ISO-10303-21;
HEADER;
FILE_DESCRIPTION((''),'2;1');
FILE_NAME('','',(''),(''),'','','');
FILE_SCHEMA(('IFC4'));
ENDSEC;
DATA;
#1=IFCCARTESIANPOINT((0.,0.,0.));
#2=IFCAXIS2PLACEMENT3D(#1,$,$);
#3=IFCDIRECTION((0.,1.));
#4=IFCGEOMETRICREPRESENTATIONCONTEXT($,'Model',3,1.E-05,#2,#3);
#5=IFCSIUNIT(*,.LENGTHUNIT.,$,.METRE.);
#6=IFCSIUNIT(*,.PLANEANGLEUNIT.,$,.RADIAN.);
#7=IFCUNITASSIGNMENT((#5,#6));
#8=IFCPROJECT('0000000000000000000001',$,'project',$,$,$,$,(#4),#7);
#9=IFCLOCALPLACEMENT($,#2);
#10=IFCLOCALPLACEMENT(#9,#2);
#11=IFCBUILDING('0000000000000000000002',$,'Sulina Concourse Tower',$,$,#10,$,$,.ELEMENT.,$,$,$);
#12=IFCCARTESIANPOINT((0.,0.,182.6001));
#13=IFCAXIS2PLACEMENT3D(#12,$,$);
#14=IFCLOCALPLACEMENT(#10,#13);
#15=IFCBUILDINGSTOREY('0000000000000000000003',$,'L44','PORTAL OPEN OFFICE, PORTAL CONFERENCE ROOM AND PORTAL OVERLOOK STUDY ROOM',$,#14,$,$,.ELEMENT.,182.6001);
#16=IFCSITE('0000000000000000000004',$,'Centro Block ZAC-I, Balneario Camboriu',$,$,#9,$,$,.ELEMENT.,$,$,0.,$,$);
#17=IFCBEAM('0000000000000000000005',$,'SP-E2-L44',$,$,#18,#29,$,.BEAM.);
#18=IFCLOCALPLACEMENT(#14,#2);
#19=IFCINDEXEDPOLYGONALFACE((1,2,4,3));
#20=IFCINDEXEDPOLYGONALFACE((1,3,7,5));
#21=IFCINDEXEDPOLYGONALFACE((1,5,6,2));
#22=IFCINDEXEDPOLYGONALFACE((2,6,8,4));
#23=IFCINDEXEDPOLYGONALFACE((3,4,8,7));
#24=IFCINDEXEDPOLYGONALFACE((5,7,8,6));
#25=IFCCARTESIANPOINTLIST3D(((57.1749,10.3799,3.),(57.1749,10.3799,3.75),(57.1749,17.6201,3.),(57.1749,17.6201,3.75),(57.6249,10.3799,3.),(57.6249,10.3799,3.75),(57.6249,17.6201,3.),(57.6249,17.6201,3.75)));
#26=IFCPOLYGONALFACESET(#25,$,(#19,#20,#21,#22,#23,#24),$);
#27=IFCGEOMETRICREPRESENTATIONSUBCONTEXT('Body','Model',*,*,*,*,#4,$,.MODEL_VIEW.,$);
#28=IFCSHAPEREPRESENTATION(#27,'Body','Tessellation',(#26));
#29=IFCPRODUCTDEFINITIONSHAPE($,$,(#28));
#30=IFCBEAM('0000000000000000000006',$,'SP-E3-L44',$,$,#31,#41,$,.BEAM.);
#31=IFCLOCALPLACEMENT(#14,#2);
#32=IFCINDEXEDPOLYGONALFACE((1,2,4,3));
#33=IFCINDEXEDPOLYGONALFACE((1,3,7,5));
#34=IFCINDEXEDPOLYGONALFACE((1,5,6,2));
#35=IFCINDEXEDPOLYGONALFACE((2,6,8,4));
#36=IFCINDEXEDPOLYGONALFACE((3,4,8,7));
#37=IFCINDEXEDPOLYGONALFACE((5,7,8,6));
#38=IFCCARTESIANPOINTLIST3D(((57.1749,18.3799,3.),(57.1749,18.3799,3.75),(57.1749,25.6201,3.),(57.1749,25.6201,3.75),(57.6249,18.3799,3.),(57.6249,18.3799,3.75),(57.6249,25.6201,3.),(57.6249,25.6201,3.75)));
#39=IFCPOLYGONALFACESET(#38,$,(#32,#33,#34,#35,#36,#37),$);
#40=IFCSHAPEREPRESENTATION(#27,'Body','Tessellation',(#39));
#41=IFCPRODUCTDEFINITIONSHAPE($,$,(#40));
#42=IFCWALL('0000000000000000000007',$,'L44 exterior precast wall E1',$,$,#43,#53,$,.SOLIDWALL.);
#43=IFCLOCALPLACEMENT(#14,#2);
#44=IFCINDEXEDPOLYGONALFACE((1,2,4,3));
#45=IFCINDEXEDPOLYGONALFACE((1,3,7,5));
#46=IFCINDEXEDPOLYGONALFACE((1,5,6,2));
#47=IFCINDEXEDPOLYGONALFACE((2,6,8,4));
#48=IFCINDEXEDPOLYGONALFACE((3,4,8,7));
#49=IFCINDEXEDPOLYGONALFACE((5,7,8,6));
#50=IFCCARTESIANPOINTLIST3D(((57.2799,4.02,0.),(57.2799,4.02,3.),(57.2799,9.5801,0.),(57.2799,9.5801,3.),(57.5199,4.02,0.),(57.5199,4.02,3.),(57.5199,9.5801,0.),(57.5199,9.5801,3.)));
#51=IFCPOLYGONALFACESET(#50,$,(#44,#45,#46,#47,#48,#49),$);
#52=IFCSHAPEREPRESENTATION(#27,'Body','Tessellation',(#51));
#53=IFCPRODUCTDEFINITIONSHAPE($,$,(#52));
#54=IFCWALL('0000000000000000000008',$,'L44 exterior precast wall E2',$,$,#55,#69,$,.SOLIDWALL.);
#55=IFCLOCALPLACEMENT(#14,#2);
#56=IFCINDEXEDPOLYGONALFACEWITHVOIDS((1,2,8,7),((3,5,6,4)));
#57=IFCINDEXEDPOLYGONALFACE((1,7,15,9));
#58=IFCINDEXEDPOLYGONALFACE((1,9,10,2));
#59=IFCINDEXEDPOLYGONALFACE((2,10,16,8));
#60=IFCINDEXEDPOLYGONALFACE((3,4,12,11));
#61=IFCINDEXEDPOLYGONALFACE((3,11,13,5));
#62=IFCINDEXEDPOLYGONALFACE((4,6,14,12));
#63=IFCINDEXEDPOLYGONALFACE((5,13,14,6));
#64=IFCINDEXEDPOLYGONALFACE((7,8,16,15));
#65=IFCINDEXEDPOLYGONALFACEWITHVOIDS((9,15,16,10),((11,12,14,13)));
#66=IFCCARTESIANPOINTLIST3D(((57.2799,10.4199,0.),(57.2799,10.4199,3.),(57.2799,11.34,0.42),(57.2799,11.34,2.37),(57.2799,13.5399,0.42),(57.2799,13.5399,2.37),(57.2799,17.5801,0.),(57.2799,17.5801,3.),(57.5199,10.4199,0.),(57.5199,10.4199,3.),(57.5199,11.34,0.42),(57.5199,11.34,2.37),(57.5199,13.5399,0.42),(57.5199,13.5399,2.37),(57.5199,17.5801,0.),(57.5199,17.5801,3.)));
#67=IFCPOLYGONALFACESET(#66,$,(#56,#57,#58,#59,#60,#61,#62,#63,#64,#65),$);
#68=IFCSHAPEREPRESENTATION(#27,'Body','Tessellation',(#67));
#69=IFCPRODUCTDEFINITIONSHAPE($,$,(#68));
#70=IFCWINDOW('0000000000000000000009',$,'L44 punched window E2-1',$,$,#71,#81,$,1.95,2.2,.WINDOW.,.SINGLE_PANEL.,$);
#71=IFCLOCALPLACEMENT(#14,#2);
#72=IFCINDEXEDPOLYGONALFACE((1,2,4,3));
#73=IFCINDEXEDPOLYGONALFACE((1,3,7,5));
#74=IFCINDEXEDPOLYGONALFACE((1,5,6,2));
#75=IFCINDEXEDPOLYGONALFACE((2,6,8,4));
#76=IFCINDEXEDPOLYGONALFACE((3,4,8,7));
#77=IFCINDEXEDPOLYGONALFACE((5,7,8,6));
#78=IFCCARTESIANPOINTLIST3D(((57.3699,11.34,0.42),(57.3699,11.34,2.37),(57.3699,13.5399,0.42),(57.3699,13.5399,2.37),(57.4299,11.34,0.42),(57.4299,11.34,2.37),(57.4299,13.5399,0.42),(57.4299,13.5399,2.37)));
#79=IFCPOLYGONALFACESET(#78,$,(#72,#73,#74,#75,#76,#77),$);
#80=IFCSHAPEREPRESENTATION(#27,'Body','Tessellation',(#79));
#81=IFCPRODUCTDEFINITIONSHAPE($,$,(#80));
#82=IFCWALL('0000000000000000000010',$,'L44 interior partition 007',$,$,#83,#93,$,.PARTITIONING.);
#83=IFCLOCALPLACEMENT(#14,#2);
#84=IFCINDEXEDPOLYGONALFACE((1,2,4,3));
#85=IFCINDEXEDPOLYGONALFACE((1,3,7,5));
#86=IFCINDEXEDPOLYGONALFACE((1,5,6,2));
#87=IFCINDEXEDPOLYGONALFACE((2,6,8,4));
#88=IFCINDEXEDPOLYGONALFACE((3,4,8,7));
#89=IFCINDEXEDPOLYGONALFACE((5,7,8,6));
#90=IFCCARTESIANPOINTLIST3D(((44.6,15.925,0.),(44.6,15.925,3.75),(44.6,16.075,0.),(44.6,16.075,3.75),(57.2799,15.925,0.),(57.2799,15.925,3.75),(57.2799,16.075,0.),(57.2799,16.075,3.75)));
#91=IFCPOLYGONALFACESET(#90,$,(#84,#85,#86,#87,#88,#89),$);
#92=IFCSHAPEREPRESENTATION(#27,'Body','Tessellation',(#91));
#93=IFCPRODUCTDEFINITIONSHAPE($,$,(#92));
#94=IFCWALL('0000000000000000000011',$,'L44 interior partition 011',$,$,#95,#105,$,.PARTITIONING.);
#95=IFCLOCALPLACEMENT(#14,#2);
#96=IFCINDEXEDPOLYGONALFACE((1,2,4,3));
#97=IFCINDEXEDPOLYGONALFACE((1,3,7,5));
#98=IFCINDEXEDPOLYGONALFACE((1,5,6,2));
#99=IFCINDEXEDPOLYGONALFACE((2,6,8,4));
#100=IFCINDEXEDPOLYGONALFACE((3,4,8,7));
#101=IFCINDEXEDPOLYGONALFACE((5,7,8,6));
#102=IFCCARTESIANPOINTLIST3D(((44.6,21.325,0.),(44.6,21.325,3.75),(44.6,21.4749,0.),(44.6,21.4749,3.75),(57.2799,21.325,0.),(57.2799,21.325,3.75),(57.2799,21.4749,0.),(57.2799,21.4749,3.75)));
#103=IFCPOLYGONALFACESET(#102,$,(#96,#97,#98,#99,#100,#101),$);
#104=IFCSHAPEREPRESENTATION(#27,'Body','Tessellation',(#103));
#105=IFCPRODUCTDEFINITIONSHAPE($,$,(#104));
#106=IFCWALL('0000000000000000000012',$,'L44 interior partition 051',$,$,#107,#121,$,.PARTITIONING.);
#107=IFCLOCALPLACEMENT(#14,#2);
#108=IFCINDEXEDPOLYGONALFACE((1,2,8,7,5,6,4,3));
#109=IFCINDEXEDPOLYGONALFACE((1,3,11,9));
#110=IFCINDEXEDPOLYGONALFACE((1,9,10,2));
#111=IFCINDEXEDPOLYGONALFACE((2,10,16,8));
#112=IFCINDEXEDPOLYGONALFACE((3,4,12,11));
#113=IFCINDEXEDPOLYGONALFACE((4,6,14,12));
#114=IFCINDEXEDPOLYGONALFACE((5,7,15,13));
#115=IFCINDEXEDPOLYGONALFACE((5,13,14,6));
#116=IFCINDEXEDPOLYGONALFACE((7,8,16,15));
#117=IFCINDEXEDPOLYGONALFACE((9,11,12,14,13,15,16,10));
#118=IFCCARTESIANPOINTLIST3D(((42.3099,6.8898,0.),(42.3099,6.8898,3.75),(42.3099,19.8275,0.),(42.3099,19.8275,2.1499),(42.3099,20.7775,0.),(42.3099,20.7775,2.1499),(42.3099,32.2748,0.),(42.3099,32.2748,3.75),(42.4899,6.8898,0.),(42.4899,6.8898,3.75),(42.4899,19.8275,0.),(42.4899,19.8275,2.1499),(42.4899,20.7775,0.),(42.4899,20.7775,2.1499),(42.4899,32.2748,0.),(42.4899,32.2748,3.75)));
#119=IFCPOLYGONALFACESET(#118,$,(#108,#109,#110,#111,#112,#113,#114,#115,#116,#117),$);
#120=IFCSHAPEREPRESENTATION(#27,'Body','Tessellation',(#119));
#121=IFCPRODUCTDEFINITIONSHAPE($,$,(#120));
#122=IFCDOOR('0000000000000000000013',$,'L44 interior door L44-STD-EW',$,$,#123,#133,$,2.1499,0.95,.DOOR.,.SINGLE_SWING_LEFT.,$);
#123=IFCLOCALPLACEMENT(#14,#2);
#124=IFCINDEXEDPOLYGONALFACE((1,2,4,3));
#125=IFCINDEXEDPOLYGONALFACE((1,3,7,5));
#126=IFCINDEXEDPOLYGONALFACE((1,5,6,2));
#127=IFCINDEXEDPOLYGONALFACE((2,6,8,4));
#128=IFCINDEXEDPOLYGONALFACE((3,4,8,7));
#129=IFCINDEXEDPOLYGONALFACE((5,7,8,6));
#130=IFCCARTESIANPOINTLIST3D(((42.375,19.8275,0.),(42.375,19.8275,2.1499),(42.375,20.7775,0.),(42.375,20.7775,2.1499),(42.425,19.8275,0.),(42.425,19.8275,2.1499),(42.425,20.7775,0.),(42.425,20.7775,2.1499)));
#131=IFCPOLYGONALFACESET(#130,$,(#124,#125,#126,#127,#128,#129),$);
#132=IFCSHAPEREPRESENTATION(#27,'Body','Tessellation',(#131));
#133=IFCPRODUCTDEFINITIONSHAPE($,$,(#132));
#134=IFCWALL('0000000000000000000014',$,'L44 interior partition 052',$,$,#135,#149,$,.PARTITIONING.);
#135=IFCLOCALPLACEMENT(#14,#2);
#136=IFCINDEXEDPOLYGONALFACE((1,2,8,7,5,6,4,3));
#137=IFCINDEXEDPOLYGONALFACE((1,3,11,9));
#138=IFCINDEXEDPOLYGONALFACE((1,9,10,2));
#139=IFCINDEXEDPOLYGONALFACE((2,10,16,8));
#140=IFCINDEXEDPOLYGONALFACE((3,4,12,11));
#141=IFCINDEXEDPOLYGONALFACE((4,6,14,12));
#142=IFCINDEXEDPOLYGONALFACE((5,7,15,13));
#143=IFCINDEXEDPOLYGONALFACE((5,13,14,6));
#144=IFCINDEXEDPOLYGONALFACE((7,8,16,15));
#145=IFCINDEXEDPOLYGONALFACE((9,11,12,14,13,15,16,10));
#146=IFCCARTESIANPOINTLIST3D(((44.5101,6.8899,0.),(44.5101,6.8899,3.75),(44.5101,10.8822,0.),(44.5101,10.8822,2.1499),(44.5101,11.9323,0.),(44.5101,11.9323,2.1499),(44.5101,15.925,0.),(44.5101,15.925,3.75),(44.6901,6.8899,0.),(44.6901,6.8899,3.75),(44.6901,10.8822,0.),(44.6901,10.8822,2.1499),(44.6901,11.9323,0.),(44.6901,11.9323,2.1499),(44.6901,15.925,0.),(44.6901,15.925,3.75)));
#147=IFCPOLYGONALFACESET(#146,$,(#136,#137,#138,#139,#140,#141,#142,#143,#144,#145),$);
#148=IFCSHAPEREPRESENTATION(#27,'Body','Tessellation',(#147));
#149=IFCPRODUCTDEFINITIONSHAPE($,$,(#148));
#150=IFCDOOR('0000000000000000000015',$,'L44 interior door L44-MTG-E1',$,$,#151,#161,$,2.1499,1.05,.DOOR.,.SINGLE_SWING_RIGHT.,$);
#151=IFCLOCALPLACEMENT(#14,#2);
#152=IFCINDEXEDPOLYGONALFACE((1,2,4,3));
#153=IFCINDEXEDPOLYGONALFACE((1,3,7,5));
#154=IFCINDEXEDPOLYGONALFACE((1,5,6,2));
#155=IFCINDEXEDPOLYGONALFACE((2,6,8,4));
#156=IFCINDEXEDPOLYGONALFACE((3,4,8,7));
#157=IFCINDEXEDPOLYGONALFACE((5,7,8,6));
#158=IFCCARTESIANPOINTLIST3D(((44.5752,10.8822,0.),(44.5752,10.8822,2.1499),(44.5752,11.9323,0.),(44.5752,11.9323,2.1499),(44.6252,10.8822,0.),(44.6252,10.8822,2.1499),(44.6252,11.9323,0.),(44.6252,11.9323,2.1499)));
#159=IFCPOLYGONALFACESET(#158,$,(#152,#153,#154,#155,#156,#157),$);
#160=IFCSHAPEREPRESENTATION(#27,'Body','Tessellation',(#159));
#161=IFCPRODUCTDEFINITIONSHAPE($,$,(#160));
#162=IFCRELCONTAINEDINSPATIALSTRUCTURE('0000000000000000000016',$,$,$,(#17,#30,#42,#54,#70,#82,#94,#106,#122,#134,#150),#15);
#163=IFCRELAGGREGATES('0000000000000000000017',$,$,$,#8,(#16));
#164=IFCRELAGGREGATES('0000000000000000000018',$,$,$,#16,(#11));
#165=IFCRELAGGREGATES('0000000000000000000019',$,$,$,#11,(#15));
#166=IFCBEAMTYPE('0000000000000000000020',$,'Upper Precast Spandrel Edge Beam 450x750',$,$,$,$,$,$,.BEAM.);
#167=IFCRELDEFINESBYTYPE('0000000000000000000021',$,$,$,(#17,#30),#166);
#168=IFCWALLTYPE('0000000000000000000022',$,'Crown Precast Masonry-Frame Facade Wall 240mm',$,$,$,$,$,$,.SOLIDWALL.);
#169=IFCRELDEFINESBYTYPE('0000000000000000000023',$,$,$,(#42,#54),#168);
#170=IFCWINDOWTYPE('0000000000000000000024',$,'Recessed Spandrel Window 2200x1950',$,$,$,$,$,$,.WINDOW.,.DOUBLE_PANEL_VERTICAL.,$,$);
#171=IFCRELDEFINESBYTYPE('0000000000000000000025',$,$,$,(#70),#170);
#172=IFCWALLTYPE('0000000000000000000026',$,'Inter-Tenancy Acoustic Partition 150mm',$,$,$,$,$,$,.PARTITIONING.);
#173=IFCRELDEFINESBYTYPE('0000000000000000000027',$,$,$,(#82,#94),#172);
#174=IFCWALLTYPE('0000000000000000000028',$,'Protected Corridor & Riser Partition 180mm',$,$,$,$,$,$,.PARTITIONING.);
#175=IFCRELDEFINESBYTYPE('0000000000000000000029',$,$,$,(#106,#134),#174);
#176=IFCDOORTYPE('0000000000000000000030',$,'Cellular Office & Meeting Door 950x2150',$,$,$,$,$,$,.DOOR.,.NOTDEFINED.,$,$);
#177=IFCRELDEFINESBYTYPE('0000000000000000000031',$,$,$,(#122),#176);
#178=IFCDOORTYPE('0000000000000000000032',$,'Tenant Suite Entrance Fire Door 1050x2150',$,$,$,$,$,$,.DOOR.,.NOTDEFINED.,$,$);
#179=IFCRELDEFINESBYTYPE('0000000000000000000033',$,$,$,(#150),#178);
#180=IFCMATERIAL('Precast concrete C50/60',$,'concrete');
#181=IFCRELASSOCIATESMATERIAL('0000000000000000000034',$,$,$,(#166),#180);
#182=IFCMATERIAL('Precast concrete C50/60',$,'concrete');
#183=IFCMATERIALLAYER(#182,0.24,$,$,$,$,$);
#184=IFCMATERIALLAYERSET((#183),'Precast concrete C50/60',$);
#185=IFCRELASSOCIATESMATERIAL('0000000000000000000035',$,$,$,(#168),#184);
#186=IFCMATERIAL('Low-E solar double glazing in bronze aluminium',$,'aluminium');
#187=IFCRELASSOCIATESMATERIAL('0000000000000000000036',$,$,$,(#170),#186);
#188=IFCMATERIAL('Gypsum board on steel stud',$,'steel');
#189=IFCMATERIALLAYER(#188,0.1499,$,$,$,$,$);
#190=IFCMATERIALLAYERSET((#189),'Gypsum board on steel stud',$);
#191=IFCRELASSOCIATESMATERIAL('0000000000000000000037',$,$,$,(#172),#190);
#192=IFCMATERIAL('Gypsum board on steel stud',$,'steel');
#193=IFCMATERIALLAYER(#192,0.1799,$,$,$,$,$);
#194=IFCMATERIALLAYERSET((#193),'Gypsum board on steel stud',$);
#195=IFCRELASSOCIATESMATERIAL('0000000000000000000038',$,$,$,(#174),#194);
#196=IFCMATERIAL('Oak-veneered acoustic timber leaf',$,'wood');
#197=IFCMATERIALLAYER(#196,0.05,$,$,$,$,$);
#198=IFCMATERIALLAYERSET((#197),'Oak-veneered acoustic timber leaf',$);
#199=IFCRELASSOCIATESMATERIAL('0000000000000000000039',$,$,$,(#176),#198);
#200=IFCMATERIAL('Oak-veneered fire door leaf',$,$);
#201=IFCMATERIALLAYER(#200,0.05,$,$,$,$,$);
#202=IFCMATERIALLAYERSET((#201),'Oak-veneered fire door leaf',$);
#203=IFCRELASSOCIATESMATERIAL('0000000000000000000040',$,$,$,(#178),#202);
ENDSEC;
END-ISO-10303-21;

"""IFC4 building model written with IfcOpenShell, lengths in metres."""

from ifc_helpers import new_model, si_unit, direction, frame, frame_2d, origin, origin_2d, place, context, subcontext, project, spatial, rectangle, extrude, material, layer, layer_set, material_profile, profile_set, type_object, element, fill, save


model = new_model("IFC4")

# Units and contexts
model_context = context("Model", 3, precision=1e-05, world=origin(), true_north=direction((0.0, 1.0)))
body_context = subcontext(model_context, "Body", "Model", "MODEL_VIEW")
ifc_project = project(units=[si_unit("LENGTHUNIT", "METRE"), si_unit("PLANEANGLEUNIT", "RADIAN")], contexts=[model_context])

# Site, building, storey
site_placement = place(None, origin())
site = spatial("IfcSite", under=ifc_project, at=site_placement, Name="Centro Block ZAC-I, Balneario Camboriu", CompositionType="ELEMENT", RefElevation=0.0)
building_placement = place(site_placement, origin())
building = spatial("IfcBuilding", under=site, at=building_placement, Name="Sulina Concourse Tower", CompositionType="ELEMENT")
storey_placement = place(building_placement, frame((0.0, 0.0, 182.6001)))
storey = spatial("IfcBuildingStorey", under=building, at=storey_placement, Name="L44", Description="PORTAL OPEN OFFICE, PORTAL CONFERENCE ROOM AND PORTAL OVERLOOK STUDY ROOM", CompositionType="ELEMENT", Elevation=182.6001)

# Beams
ifc_material_1 = material(Name="Precast concrete C50/60", Category="concrete")
ifc_material_profile_1 = material_profile(ifc_material_1, rectangle(XDim=0.45, YDim=0.75, at=origin_2d()), Name="RC 450x750")
ifc_profile_set_1 = profile_set([ifc_material_profile_1], Name="Precast concrete C50/60")
beam_type_1 = type_object("IfcBeamType", Name="Upper Precast Spandrel Edge Beam 450x750", PredefinedType="BEAM", material=ifc_profile_set_1)
for number, where, z_axis, x_axis, name in (
    (1, (57.3999, 10.3799, 3.375), (0.0, 1.0, 0.0), (-1.0, 0.0, 0.0), "SP-E2-L44"),
    (2, (57.3999, 18.3799, 3.375), (0.0, 1.0, 0.0), (-1.0, 0.0, 0.0), "SP-E3-L44"),
):
    element("IfcBeam", number, at=place(storey_placement, frame(where, z_axis=z_axis, x_axis=x_axis)), inside=storey, type_object=beam_type_1, Name=name, PredefinedType="BEAM", context=body_context, shape_type="SweptSolid", body=[
        extrude(rectangle(XDim=0.45, YDim=0.75, at=origin_2d()), origin(), (0.0, 0.0, 1.0), 7.2402),
    ])

# Wall
ifc_material_2 = material(Name="Precast concrete C50/60", Category="concrete")
ifc_layer_1 = layer(ifc_material_2, 0.24)
ifc_layer_set_1 = layer_set([ifc_layer_1], Name="Precast concrete C50/60")
wall_type_1 = type_object("IfcWallType", Name="Crown Precast Masonry-Frame Facade Wall 240mm", PredefinedType="SOLIDWALL", material=ifc_layer_set_1)
wall_1_placement = place(storey_placement, frame((57.3999, 9.5801, 0.0), z_axis=(0.0, 0.0, 1.0), x_axis=(0.0, -1.0, 0.0)))
element("IfcWall", 3, at=wall_1_placement, inside=storey, type_object=wall_type_1, Name="L44 exterior precast wall E1", PredefinedType="SOLIDWALL", context=body_context, shape_type="SweptSolid", body=[
    extrude(rectangle(XDim=5.5601, YDim=0.24, at=frame_2d((2.78, 0.0))), origin(), (0.0, 0.0, 1.0), 3.0),
])

# Wall, opening, window
wall_2_placement = place(storey_placement, frame((57.3999, 17.5801, 0.0), z_axis=(0.0, 0.0, 1.0), x_axis=(0.0, -1.0, 0.0)))
wall_2 = element("IfcWall", 4, at=wall_2_placement, inside=storey, type_object=wall_type_1, Name="L44 exterior precast wall E2", PredefinedType="SOLIDWALL", context=body_context, shape_type="SweptSolid", body=[
    extrude(rectangle(XDim=7.1602, YDim=0.24, at=frame_2d((3.5801, 0.0))), origin(), (0.0, 0.0, 1.0), 3.0),
])
opening_1_placement = place(wall_2_placement, frame((4.04, 0.0, 0.4199)))
opening_1 = element("IfcOpeningElement", 5, at=opening_1_placement, cuts=wall_2, PredefinedType="OPENING", context=body_context, shape_type="SweptSolid", body=[
    extrude(rectangle(XDim=2.2, YDim=1.95, at=frame_2d((1.1001, 0.9751))), frame((0.0, 0.1299, 0.0), z_axis=(0.0, -1.0, 0.0), x_axis=(1.0, 0.0, 0.0)), (0.0, 0.0, 1.0), 0.26),
])
ifc_material_3 = material(Name="Low-E solar double glazing in bronze aluminium", Category="aluminium")
window_type = type_object("IfcWindowType", Name="Recessed Spandrel Window 2200x1950", PartitioningType="DOUBLE_PANEL_VERTICAL", PredefinedType="WINDOW", material=ifc_material_3)
window_placement = place(opening_1_placement, origin())
window = element("IfcWindow", 6, at=window_placement, inside=storey, type_object=window_type, Name="L44 punched window E2-1", OverallHeight=1.95, OverallWidth=2.2, PartitioningType="SINGLE_PANEL", PredefinedType="WINDOW", context=body_context, shape_type="SweptSolid", body=[
    extrude(rectangle(XDim=2.2, YDim=1.95, at=frame_2d((1.1001, 0.9751))), frame((0.0, 0.03, 0.0), z_axis=(0.0, -1.0, 0.0), x_axis=(1.0, 0.0, 0.0)), (0.0, 0.0, 1.0), 0.0601),
])
fill(opening_1, window)

# Walls
ifc_material_4 = material(Name="Gypsum board on steel stud", Category="steel")
ifc_layer_2 = layer(ifc_material_4, 0.1499)
ifc_layer_set_2 = layer_set([ifc_layer_2], Name="Gypsum board on steel stud")
wall_type_2 = type_object("IfcWallType", Name="Inter-Tenancy Acoustic Partition 150mm", PredefinedType="PARTITIONING", material=ifc_layer_set_2)
for number, where, z_axis, x_axis, name in (
    (7, (44.6001, 16.0, 0.0), (0.0, 0.0, 1.0), (1.0, 0.0, 0.0), "L44 interior partition 007"),
    (8, (44.6001, 21.3999, 0.0), (0.0, 0.0, 1.0), (1.0, 0.0, 0.0), "L44 interior partition 011"),
):
    element("IfcWall", number, at=place(storey_placement, frame(where, z_axis=z_axis, x_axis=x_axis)), inside=storey, type_object=wall_type_2, Name=name, PredefinedType="PARTITIONING", context=body_context, shape_type="SweptSolid", body=[
        extrude(rectangle(XDim=12.6799, YDim=0.1499, at=frame_2d((6.3398, 0.0))), origin(), (0.0, 0.0, 1.0), 3.75),
    ])

# Walls, openings, doors
ifc_material_5 = material(Name="Gypsum board on steel stud", Category="steel")
ifc_layer_3 = layer(ifc_material_5, 0.1799)
ifc_layer_set_3 = layer_set([ifc_layer_3], Name="Gypsum board on steel stud")
wall_type_3 = type_object("IfcWallType", Name="Protected Corridor & Riser Partition 180mm", PredefinedType="PARTITIONING", material=ifc_layer_set_3)
wall_3_placement = place(storey_placement, frame((42.3999, 6.8899, 0.0), z_axis=(0.0, 0.0, 1.0), x_axis=(0.0, 1.0, 0.0)))
wall_3 = element("IfcWall", 9, at=wall_3_placement, inside=storey, type_object=wall_type_3, Name="L44 interior partition 051", PredefinedType="PARTITIONING", context=body_context, shape_type="SweptSolid", body=[
    extrude(rectangle(XDim=25.385, YDim=0.1799, at=frame_2d((12.6924, 0.0))), origin(), (0.0, 0.0, 1.0), 3.75),
])
opening_2_placement = place(wall_3_placement, frame((12.9375, 0.0, 0.0)))
opening_2 = element("IfcOpeningElement", 10, at=opening_2_placement, cuts=wall_3, PredefinedType="OPENING", context=body_context, shape_type="SweptSolid", body=[
    extrude(rectangle(XDim=0.95, YDim=2.1499, at=frame_2d((0.4751, 1.075))), frame((0.0, 0.0999, 0.0), z_axis=(0.0, -1.0, 0.0), x_axis=(1.0, 0.0, 0.0)), (0.0, 0.0, 1.0), 0.2),
])
ifc_material_6 = material(Name="Oak-veneered acoustic timber leaf", Category="wood")
ifc_layer_4 = layer(ifc_material_6, 0.05)
ifc_layer_set_4 = layer_set([ifc_layer_4], Name="Oak-veneered acoustic timber leaf")
door_type_1 = type_object("IfcDoorType", Name="Cellular Office & Meeting Door 950x2150", OperationType="NOTDEFINED", PredefinedType="DOOR", material=ifc_layer_set_4)
door_1_placement = place(opening_2_placement, origin())
door_1 = element("IfcDoor", 11, at=door_1_placement, inside=storey, type_object=door_type_1, Name="L44 interior door L44-STD-EW", OperationType="SINGLE_SWING_LEFT", OverallHeight=2.1499, OverallWidth=0.95, PredefinedType="DOOR", context=body_context, shape_type="SweptSolid", body=[
    extrude(rectangle(XDim=0.95, YDim=2.1499, at=frame_2d((0.4751, 1.075))), frame((0.0, 0.0249, 0.0), z_axis=(0.0, -1.0, 0.0), x_axis=(1.0, 0.0, 0.0)), (0.0, 0.0, 1.0), 0.05),
])
fill(opening_2, door_1)
wall_4_placement = place(storey_placement, frame((44.6001, 6.8899, 0.0), z_axis=(0.0, 0.0, 1.0), x_axis=(0.0, 1.0, 0.0)))
wall_4 = element("IfcWall", 12, at=wall_4_placement, inside=storey, type_object=wall_type_3, Name="L44 interior partition 052", PredefinedType="PARTITIONING", context=body_context, shape_type="SweptSolid", body=[
    extrude(rectangle(XDim=9.0352, YDim=0.1799, at=frame_2d((4.5176, 0.0))), origin(), (0.0, 0.0, 1.0), 3.75),
])
opening_3_placement = place(wall_4_placement, frame((3.9924, 0.0, 0.0)))
opening_3 = element("IfcOpeningElement", 13, at=opening_3_placement, cuts=wall_4, PredefinedType="OPENING", context=body_context, shape_type="SweptSolid", body=[
    extrude(rectangle(XDim=1.05, YDim=2.1499, at=frame_2d((0.5249, 1.075))), frame((0.0, 0.0999, 0.0), z_axis=(0.0, -1.0, 0.0), x_axis=(1.0, 0.0, 0.0)), (0.0, 0.0, 1.0), 0.2),
])
ifc_material_7 = material(Name="Oak-veneered fire door leaf")
ifc_layer_5 = layer(ifc_material_7, 0.05)
ifc_layer_set_5 = layer_set([ifc_layer_5], Name="Oak-veneered fire door leaf")
door_type_2 = type_object("IfcDoorType", Name="Tenant Suite Entrance Fire Door 1050x2150", OperationType="NOTDEFINED", PredefinedType="DOOR", material=ifc_layer_set_5)
door_2_placement = place(opening_3_placement, origin())
door_2 = element("IfcDoor", 14, at=door_2_placement, inside=storey, type_object=door_type_2, Name="L44 interior door L44-MTG-E1", OperationType="SINGLE_SWING_RIGHT", OverallHeight=2.1499, OverallWidth=1.05, PredefinedType="DOOR", context=body_context, shape_type="SweptSolid", body=[
    extrude(rectangle(XDim=1.05, YDim=2.1499, at=frame_2d((0.5249, 1.075))), frame((0.0, 0.0249, 0.0), z_axis=(0.0, -1.0, 0.0), x_axis=(1.0, 0.0, 0.0)), (0.0, 0.0, 1.0), 0.05),
])
fill(opening_3, door_2)

save(model, "model.ifc")
